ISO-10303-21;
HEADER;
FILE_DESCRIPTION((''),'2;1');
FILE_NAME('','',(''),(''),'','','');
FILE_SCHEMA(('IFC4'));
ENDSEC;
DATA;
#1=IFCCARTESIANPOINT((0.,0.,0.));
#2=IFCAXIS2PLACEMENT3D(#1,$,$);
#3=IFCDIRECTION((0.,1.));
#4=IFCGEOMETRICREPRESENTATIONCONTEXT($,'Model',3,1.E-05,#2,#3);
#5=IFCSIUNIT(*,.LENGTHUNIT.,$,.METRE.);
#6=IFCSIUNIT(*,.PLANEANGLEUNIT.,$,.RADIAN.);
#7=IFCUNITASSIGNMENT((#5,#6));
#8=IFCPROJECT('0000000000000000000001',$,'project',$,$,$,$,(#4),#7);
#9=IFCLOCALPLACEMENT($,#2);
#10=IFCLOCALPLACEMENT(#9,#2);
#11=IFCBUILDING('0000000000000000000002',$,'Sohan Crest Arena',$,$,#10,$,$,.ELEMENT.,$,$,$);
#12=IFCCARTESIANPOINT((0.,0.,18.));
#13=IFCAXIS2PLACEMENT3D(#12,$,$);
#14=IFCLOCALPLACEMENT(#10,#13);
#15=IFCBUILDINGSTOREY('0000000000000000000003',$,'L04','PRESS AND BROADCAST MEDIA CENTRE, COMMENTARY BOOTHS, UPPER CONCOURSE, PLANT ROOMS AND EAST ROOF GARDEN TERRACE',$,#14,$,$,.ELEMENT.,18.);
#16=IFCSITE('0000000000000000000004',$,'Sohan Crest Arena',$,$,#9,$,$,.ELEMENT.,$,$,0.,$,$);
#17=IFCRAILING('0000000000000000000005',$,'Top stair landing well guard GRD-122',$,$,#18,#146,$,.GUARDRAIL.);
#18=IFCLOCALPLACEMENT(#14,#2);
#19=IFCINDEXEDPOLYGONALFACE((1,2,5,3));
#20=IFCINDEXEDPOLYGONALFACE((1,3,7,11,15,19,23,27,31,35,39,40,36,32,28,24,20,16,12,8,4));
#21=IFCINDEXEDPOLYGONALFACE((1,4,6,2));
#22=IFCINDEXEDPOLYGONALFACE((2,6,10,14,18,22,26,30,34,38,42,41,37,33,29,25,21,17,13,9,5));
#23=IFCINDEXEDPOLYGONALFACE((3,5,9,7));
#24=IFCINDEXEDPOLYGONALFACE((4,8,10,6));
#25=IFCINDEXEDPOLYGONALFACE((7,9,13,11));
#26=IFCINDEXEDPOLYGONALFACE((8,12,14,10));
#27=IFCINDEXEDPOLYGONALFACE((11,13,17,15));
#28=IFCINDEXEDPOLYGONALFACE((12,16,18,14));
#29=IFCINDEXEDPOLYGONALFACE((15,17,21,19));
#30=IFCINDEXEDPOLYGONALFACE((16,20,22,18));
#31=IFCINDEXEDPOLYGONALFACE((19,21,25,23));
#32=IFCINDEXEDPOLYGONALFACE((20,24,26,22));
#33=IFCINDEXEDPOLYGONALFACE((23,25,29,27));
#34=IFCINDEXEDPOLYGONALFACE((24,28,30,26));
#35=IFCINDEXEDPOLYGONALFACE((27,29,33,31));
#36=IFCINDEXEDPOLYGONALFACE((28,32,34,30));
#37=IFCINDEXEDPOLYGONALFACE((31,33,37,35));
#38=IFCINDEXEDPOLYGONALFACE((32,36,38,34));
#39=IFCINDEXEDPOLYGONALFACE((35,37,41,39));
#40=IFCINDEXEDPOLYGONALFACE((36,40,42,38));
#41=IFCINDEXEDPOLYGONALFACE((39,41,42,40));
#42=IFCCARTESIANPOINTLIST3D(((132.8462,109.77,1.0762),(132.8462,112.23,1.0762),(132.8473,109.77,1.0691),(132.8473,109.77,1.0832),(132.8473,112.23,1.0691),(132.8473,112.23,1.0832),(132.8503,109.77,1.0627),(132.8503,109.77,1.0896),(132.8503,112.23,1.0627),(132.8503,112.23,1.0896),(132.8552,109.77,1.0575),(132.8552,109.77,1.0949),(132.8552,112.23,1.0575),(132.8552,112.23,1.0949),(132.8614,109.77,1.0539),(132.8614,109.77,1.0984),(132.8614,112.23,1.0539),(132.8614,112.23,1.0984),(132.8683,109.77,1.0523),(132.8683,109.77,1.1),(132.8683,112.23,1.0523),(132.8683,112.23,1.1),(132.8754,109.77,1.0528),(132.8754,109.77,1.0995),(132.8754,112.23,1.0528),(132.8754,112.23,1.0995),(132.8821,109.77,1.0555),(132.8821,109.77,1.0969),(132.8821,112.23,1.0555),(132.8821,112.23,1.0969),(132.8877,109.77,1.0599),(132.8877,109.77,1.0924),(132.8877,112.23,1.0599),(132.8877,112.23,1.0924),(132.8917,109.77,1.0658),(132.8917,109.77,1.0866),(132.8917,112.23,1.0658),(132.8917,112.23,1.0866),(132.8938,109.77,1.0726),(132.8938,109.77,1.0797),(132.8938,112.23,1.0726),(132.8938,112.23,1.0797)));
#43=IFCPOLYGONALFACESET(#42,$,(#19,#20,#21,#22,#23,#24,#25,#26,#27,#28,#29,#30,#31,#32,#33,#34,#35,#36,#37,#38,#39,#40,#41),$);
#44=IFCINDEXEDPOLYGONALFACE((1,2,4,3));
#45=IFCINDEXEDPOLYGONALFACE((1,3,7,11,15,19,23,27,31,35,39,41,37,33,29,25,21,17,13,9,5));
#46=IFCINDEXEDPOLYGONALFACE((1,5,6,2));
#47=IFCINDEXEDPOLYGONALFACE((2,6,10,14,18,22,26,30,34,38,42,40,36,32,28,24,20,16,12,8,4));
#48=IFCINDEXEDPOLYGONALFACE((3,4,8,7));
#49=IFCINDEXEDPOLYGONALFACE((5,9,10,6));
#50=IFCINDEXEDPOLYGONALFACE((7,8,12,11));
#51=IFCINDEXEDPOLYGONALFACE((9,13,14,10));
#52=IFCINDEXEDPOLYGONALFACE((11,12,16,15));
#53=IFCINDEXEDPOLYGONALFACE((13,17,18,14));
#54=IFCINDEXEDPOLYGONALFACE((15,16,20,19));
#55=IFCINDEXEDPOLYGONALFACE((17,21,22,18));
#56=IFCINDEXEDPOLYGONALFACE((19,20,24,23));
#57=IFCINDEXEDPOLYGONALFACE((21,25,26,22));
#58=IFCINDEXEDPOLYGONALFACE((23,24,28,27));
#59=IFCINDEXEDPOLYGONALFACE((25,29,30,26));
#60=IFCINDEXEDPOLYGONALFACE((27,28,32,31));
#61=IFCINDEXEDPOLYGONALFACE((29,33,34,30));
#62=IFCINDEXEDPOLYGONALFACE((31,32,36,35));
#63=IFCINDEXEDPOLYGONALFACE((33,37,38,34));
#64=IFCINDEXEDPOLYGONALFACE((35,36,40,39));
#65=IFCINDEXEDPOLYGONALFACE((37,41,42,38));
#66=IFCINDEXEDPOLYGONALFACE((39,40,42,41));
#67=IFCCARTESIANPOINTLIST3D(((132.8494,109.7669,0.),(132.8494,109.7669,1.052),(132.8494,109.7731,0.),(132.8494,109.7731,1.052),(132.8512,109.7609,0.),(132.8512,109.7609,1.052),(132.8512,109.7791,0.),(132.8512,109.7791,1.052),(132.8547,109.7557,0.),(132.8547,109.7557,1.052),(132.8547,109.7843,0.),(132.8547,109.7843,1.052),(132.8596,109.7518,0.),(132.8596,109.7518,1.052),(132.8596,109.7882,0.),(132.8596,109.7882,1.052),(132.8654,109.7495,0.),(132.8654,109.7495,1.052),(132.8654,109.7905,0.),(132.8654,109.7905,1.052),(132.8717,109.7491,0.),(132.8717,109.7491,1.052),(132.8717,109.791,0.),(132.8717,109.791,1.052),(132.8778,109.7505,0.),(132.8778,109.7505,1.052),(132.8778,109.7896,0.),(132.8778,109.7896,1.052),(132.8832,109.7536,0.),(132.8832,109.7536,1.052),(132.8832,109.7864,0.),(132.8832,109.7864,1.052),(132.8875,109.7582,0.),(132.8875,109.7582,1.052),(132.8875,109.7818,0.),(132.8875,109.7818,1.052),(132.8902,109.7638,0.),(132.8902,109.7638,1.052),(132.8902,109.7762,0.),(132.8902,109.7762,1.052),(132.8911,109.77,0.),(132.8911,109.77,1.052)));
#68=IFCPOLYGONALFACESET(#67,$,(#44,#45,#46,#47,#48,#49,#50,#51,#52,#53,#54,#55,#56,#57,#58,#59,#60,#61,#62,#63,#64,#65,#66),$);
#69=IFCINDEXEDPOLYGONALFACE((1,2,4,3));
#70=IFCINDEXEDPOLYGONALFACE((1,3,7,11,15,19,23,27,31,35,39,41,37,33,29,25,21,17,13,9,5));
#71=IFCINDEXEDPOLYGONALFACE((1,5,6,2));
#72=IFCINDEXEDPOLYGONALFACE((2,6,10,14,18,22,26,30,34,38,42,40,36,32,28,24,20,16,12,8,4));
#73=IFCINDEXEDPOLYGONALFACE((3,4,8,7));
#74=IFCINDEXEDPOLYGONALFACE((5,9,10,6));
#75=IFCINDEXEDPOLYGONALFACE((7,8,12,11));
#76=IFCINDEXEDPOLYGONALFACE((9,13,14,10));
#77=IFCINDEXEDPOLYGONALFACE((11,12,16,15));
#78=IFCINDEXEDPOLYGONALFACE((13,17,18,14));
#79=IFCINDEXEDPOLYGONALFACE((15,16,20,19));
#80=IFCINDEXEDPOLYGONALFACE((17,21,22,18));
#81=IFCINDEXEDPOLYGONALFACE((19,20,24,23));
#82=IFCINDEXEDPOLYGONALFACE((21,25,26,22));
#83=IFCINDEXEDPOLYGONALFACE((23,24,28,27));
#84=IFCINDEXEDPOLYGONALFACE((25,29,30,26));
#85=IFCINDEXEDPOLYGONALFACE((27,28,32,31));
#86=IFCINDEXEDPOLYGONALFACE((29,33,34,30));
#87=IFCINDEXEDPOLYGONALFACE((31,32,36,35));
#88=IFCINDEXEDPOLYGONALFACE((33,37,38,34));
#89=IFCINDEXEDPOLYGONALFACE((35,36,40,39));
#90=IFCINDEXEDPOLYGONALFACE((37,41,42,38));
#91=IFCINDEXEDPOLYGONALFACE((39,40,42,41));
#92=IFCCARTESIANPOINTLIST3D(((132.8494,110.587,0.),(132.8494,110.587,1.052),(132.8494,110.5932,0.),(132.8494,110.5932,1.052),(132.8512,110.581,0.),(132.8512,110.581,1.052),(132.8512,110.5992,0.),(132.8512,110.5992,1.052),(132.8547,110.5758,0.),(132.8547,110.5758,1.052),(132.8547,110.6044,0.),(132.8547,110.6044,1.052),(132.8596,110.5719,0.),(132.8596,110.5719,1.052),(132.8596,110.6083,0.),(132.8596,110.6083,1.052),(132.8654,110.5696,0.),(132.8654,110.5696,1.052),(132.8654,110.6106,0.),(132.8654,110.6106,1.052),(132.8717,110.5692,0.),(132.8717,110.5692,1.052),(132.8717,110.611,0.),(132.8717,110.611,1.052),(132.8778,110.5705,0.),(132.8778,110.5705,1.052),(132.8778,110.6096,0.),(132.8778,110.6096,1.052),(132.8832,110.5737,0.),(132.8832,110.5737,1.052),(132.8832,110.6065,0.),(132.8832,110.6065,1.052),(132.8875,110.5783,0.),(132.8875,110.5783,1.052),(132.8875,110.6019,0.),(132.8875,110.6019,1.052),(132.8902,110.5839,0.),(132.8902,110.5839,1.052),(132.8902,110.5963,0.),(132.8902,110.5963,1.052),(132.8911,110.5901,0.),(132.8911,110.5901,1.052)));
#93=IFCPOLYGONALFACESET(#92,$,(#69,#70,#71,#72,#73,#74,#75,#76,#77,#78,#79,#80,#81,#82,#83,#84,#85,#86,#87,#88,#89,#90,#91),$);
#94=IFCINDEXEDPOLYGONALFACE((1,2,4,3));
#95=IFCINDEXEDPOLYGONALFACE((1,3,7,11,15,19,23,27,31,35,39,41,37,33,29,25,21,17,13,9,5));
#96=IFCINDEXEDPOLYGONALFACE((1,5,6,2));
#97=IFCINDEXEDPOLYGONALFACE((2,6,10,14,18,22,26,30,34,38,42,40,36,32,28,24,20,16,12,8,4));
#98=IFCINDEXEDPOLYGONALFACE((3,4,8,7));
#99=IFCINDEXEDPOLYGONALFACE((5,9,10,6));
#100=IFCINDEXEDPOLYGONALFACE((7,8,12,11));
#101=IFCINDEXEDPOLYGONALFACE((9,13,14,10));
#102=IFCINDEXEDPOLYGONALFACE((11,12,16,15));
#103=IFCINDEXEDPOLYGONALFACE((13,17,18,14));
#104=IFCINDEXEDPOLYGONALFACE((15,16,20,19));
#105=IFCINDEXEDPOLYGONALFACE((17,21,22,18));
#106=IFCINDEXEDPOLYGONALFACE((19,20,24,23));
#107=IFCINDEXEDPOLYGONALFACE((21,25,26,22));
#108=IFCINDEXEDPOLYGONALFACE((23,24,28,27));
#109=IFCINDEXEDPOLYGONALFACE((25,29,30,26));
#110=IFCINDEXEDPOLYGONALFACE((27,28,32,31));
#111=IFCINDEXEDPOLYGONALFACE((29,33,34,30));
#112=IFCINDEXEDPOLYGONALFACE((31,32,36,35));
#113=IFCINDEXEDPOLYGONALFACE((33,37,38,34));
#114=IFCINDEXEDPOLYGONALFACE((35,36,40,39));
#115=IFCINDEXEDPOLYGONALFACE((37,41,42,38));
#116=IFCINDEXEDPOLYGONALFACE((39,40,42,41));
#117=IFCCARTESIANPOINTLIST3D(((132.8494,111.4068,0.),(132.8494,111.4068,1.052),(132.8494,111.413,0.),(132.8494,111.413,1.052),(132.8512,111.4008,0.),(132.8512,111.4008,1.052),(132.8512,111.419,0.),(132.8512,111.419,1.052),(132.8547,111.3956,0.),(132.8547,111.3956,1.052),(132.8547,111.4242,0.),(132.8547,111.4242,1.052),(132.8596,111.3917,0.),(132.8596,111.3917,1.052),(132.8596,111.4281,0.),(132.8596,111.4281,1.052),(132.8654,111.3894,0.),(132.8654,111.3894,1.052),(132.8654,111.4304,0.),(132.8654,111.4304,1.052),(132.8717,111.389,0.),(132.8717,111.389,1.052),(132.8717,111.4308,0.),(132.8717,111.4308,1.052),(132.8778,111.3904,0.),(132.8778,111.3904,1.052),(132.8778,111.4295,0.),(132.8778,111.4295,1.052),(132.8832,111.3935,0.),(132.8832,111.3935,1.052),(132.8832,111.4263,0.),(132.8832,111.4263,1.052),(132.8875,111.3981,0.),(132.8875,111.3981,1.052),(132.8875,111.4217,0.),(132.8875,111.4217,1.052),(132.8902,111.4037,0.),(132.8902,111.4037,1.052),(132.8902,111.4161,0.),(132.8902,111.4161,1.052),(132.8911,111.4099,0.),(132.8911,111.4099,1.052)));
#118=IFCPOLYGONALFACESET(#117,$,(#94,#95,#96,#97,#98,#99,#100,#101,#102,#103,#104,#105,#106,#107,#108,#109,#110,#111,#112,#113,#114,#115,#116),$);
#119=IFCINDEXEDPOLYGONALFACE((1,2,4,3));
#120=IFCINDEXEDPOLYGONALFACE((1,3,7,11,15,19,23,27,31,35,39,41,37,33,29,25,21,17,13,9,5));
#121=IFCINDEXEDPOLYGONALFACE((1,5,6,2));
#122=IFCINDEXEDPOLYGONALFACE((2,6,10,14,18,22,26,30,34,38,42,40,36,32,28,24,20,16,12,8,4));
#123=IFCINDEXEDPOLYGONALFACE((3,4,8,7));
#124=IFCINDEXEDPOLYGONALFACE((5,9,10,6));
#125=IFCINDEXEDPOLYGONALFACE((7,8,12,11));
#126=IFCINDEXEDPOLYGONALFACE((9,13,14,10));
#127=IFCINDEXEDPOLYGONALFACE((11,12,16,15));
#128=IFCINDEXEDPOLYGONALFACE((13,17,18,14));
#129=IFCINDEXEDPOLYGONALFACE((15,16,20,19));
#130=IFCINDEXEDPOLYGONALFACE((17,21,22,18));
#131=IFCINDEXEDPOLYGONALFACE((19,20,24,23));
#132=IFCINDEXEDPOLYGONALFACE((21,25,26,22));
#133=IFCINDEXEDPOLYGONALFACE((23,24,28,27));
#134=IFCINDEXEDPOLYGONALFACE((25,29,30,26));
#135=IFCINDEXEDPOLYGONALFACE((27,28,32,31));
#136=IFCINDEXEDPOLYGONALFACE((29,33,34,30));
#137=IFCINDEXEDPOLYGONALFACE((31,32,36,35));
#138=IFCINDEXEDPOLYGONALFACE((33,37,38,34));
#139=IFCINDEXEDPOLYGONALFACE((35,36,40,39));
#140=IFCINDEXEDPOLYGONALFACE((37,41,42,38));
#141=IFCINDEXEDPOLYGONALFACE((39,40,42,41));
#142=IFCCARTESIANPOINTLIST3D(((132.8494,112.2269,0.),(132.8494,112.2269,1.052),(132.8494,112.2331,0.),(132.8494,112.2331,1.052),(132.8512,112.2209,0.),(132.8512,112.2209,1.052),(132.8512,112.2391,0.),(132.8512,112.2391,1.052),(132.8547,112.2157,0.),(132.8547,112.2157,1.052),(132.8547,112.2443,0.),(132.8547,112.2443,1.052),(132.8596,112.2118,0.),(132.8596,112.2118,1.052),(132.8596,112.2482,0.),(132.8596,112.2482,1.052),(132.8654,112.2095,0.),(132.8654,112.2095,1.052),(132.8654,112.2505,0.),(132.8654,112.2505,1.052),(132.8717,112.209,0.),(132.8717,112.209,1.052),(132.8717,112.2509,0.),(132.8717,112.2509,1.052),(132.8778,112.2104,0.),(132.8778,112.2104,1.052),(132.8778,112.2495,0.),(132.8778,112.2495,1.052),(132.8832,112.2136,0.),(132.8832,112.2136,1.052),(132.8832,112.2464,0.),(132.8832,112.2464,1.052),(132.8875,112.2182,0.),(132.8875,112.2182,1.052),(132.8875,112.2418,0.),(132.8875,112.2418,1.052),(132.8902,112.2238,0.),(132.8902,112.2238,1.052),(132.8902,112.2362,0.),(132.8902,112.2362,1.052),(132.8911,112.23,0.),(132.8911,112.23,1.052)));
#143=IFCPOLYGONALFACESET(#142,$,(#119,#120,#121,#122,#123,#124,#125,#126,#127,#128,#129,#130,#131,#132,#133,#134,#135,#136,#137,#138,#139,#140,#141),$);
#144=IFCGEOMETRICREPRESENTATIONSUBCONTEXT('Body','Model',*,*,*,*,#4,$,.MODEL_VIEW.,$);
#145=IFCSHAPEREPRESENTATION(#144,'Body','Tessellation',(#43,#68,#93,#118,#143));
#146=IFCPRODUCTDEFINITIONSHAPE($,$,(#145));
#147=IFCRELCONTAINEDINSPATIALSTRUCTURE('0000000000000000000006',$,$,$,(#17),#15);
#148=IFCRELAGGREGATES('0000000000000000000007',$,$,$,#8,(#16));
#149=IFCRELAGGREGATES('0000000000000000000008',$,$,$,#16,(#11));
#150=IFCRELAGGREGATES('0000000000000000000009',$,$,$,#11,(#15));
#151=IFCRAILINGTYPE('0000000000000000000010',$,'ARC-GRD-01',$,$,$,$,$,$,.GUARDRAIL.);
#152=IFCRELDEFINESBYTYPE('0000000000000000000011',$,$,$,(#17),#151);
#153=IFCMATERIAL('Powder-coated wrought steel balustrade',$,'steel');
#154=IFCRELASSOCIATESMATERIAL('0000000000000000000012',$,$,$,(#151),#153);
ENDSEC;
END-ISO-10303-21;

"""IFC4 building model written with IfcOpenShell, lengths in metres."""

from ifc_helpers import new_model, si_unit, direction, frame, origin, origin_2d, place, context, subcontext, project, spatial, circle, extrude, material, type_object, element, save


model = new_model("IFC4")

# Units and contexts
model_context = context("Model", 3, precision=1e-05, world=origin(), true_north=direction((0.0, 1.0)))
body_context = subcontext(model_context, "Body", "Model", "MODEL_VIEW")
ifc_project = project(units=[si_unit("LENGTHUNIT", "METRE"), si_unit("PLANEANGLEUNIT", "RADIAN")], contexts=[model_context])

# Site, building, storey
site_placement = place(None, origin())
site = spatial("IfcSite", under=ifc_project, at=site_placement, Name="Sohan Crest Arena", CompositionType="ELEMENT", RefElevation=0.0)
building_placement = place(site_placement, origin())
building = spatial("IfcBuilding", under=site, at=building_placement, Name="Sohan Crest Arena", CompositionType="ELEMENT")
storey_placement = place(building_placement, frame((0.0, 0.0, 18.0)))
storey = spatial("IfcBuildingStorey", under=building, at=storey_placement, Name="L04", Description="PRESS AND BROADCAST MEDIA CENTRE, COMMENTARY BOOTHS, UPPER CONCOURSE, PLANT ROOMS AND EAST ROOF GARDEN TERRACE", CompositionType="ELEMENT", Elevation=18.0)

# Railing
ifc_material_1 = material(Name="Powder-coated wrought steel balustrade", Category="steel")
railing_type_1 = type_object("IfcRailingType", Name="ARC-GRD-01", PredefinedType="GUARDRAIL", material=ifc_material_1)
railing_1_placement = place(storey_placement, frame((132.8701, 109.77, 0.0)))
element("IfcRailing", 1, at=railing_1_placement, inside=storey, type_object=railing_type_1, Name="Top stair landing well guard GRD-122", PredefinedType="GUARDRAIL", context=body_context, shape_type="SweptSolid", body=[
    extrude(circle(Radius=0.0239, at=origin_2d()), frame((0.0, 0.0, 1.0762), z_axis=(0.0, 1.0, 0.0), x_axis=(-1.0, 0.0, 0.0)), (0.0, 0.0, 1.0), 2.46),
    extrude(circle(Radius=0.021, at=origin_2d()), origin(), (0.0, 0.0, 1.0), 1.052),
    extrude(circle(Radius=0.021, at=origin_2d()), frame((0.0, 0.8201, 0.0)), (0.0, 0.0, 1.0), 1.052),
    extrude(circle(Radius=0.021, at=origin_2d()), frame((0.0, 1.6399, 0.0)), (0.0, 0.0, 1.0), 1.052),
    extrude(circle(Radius=0.021, at=origin_2d()), frame((0.0, 2.46, 0.0)), (0.0, 0.0, 1.0), 1.052),
])

save(model, "model.ifc")
